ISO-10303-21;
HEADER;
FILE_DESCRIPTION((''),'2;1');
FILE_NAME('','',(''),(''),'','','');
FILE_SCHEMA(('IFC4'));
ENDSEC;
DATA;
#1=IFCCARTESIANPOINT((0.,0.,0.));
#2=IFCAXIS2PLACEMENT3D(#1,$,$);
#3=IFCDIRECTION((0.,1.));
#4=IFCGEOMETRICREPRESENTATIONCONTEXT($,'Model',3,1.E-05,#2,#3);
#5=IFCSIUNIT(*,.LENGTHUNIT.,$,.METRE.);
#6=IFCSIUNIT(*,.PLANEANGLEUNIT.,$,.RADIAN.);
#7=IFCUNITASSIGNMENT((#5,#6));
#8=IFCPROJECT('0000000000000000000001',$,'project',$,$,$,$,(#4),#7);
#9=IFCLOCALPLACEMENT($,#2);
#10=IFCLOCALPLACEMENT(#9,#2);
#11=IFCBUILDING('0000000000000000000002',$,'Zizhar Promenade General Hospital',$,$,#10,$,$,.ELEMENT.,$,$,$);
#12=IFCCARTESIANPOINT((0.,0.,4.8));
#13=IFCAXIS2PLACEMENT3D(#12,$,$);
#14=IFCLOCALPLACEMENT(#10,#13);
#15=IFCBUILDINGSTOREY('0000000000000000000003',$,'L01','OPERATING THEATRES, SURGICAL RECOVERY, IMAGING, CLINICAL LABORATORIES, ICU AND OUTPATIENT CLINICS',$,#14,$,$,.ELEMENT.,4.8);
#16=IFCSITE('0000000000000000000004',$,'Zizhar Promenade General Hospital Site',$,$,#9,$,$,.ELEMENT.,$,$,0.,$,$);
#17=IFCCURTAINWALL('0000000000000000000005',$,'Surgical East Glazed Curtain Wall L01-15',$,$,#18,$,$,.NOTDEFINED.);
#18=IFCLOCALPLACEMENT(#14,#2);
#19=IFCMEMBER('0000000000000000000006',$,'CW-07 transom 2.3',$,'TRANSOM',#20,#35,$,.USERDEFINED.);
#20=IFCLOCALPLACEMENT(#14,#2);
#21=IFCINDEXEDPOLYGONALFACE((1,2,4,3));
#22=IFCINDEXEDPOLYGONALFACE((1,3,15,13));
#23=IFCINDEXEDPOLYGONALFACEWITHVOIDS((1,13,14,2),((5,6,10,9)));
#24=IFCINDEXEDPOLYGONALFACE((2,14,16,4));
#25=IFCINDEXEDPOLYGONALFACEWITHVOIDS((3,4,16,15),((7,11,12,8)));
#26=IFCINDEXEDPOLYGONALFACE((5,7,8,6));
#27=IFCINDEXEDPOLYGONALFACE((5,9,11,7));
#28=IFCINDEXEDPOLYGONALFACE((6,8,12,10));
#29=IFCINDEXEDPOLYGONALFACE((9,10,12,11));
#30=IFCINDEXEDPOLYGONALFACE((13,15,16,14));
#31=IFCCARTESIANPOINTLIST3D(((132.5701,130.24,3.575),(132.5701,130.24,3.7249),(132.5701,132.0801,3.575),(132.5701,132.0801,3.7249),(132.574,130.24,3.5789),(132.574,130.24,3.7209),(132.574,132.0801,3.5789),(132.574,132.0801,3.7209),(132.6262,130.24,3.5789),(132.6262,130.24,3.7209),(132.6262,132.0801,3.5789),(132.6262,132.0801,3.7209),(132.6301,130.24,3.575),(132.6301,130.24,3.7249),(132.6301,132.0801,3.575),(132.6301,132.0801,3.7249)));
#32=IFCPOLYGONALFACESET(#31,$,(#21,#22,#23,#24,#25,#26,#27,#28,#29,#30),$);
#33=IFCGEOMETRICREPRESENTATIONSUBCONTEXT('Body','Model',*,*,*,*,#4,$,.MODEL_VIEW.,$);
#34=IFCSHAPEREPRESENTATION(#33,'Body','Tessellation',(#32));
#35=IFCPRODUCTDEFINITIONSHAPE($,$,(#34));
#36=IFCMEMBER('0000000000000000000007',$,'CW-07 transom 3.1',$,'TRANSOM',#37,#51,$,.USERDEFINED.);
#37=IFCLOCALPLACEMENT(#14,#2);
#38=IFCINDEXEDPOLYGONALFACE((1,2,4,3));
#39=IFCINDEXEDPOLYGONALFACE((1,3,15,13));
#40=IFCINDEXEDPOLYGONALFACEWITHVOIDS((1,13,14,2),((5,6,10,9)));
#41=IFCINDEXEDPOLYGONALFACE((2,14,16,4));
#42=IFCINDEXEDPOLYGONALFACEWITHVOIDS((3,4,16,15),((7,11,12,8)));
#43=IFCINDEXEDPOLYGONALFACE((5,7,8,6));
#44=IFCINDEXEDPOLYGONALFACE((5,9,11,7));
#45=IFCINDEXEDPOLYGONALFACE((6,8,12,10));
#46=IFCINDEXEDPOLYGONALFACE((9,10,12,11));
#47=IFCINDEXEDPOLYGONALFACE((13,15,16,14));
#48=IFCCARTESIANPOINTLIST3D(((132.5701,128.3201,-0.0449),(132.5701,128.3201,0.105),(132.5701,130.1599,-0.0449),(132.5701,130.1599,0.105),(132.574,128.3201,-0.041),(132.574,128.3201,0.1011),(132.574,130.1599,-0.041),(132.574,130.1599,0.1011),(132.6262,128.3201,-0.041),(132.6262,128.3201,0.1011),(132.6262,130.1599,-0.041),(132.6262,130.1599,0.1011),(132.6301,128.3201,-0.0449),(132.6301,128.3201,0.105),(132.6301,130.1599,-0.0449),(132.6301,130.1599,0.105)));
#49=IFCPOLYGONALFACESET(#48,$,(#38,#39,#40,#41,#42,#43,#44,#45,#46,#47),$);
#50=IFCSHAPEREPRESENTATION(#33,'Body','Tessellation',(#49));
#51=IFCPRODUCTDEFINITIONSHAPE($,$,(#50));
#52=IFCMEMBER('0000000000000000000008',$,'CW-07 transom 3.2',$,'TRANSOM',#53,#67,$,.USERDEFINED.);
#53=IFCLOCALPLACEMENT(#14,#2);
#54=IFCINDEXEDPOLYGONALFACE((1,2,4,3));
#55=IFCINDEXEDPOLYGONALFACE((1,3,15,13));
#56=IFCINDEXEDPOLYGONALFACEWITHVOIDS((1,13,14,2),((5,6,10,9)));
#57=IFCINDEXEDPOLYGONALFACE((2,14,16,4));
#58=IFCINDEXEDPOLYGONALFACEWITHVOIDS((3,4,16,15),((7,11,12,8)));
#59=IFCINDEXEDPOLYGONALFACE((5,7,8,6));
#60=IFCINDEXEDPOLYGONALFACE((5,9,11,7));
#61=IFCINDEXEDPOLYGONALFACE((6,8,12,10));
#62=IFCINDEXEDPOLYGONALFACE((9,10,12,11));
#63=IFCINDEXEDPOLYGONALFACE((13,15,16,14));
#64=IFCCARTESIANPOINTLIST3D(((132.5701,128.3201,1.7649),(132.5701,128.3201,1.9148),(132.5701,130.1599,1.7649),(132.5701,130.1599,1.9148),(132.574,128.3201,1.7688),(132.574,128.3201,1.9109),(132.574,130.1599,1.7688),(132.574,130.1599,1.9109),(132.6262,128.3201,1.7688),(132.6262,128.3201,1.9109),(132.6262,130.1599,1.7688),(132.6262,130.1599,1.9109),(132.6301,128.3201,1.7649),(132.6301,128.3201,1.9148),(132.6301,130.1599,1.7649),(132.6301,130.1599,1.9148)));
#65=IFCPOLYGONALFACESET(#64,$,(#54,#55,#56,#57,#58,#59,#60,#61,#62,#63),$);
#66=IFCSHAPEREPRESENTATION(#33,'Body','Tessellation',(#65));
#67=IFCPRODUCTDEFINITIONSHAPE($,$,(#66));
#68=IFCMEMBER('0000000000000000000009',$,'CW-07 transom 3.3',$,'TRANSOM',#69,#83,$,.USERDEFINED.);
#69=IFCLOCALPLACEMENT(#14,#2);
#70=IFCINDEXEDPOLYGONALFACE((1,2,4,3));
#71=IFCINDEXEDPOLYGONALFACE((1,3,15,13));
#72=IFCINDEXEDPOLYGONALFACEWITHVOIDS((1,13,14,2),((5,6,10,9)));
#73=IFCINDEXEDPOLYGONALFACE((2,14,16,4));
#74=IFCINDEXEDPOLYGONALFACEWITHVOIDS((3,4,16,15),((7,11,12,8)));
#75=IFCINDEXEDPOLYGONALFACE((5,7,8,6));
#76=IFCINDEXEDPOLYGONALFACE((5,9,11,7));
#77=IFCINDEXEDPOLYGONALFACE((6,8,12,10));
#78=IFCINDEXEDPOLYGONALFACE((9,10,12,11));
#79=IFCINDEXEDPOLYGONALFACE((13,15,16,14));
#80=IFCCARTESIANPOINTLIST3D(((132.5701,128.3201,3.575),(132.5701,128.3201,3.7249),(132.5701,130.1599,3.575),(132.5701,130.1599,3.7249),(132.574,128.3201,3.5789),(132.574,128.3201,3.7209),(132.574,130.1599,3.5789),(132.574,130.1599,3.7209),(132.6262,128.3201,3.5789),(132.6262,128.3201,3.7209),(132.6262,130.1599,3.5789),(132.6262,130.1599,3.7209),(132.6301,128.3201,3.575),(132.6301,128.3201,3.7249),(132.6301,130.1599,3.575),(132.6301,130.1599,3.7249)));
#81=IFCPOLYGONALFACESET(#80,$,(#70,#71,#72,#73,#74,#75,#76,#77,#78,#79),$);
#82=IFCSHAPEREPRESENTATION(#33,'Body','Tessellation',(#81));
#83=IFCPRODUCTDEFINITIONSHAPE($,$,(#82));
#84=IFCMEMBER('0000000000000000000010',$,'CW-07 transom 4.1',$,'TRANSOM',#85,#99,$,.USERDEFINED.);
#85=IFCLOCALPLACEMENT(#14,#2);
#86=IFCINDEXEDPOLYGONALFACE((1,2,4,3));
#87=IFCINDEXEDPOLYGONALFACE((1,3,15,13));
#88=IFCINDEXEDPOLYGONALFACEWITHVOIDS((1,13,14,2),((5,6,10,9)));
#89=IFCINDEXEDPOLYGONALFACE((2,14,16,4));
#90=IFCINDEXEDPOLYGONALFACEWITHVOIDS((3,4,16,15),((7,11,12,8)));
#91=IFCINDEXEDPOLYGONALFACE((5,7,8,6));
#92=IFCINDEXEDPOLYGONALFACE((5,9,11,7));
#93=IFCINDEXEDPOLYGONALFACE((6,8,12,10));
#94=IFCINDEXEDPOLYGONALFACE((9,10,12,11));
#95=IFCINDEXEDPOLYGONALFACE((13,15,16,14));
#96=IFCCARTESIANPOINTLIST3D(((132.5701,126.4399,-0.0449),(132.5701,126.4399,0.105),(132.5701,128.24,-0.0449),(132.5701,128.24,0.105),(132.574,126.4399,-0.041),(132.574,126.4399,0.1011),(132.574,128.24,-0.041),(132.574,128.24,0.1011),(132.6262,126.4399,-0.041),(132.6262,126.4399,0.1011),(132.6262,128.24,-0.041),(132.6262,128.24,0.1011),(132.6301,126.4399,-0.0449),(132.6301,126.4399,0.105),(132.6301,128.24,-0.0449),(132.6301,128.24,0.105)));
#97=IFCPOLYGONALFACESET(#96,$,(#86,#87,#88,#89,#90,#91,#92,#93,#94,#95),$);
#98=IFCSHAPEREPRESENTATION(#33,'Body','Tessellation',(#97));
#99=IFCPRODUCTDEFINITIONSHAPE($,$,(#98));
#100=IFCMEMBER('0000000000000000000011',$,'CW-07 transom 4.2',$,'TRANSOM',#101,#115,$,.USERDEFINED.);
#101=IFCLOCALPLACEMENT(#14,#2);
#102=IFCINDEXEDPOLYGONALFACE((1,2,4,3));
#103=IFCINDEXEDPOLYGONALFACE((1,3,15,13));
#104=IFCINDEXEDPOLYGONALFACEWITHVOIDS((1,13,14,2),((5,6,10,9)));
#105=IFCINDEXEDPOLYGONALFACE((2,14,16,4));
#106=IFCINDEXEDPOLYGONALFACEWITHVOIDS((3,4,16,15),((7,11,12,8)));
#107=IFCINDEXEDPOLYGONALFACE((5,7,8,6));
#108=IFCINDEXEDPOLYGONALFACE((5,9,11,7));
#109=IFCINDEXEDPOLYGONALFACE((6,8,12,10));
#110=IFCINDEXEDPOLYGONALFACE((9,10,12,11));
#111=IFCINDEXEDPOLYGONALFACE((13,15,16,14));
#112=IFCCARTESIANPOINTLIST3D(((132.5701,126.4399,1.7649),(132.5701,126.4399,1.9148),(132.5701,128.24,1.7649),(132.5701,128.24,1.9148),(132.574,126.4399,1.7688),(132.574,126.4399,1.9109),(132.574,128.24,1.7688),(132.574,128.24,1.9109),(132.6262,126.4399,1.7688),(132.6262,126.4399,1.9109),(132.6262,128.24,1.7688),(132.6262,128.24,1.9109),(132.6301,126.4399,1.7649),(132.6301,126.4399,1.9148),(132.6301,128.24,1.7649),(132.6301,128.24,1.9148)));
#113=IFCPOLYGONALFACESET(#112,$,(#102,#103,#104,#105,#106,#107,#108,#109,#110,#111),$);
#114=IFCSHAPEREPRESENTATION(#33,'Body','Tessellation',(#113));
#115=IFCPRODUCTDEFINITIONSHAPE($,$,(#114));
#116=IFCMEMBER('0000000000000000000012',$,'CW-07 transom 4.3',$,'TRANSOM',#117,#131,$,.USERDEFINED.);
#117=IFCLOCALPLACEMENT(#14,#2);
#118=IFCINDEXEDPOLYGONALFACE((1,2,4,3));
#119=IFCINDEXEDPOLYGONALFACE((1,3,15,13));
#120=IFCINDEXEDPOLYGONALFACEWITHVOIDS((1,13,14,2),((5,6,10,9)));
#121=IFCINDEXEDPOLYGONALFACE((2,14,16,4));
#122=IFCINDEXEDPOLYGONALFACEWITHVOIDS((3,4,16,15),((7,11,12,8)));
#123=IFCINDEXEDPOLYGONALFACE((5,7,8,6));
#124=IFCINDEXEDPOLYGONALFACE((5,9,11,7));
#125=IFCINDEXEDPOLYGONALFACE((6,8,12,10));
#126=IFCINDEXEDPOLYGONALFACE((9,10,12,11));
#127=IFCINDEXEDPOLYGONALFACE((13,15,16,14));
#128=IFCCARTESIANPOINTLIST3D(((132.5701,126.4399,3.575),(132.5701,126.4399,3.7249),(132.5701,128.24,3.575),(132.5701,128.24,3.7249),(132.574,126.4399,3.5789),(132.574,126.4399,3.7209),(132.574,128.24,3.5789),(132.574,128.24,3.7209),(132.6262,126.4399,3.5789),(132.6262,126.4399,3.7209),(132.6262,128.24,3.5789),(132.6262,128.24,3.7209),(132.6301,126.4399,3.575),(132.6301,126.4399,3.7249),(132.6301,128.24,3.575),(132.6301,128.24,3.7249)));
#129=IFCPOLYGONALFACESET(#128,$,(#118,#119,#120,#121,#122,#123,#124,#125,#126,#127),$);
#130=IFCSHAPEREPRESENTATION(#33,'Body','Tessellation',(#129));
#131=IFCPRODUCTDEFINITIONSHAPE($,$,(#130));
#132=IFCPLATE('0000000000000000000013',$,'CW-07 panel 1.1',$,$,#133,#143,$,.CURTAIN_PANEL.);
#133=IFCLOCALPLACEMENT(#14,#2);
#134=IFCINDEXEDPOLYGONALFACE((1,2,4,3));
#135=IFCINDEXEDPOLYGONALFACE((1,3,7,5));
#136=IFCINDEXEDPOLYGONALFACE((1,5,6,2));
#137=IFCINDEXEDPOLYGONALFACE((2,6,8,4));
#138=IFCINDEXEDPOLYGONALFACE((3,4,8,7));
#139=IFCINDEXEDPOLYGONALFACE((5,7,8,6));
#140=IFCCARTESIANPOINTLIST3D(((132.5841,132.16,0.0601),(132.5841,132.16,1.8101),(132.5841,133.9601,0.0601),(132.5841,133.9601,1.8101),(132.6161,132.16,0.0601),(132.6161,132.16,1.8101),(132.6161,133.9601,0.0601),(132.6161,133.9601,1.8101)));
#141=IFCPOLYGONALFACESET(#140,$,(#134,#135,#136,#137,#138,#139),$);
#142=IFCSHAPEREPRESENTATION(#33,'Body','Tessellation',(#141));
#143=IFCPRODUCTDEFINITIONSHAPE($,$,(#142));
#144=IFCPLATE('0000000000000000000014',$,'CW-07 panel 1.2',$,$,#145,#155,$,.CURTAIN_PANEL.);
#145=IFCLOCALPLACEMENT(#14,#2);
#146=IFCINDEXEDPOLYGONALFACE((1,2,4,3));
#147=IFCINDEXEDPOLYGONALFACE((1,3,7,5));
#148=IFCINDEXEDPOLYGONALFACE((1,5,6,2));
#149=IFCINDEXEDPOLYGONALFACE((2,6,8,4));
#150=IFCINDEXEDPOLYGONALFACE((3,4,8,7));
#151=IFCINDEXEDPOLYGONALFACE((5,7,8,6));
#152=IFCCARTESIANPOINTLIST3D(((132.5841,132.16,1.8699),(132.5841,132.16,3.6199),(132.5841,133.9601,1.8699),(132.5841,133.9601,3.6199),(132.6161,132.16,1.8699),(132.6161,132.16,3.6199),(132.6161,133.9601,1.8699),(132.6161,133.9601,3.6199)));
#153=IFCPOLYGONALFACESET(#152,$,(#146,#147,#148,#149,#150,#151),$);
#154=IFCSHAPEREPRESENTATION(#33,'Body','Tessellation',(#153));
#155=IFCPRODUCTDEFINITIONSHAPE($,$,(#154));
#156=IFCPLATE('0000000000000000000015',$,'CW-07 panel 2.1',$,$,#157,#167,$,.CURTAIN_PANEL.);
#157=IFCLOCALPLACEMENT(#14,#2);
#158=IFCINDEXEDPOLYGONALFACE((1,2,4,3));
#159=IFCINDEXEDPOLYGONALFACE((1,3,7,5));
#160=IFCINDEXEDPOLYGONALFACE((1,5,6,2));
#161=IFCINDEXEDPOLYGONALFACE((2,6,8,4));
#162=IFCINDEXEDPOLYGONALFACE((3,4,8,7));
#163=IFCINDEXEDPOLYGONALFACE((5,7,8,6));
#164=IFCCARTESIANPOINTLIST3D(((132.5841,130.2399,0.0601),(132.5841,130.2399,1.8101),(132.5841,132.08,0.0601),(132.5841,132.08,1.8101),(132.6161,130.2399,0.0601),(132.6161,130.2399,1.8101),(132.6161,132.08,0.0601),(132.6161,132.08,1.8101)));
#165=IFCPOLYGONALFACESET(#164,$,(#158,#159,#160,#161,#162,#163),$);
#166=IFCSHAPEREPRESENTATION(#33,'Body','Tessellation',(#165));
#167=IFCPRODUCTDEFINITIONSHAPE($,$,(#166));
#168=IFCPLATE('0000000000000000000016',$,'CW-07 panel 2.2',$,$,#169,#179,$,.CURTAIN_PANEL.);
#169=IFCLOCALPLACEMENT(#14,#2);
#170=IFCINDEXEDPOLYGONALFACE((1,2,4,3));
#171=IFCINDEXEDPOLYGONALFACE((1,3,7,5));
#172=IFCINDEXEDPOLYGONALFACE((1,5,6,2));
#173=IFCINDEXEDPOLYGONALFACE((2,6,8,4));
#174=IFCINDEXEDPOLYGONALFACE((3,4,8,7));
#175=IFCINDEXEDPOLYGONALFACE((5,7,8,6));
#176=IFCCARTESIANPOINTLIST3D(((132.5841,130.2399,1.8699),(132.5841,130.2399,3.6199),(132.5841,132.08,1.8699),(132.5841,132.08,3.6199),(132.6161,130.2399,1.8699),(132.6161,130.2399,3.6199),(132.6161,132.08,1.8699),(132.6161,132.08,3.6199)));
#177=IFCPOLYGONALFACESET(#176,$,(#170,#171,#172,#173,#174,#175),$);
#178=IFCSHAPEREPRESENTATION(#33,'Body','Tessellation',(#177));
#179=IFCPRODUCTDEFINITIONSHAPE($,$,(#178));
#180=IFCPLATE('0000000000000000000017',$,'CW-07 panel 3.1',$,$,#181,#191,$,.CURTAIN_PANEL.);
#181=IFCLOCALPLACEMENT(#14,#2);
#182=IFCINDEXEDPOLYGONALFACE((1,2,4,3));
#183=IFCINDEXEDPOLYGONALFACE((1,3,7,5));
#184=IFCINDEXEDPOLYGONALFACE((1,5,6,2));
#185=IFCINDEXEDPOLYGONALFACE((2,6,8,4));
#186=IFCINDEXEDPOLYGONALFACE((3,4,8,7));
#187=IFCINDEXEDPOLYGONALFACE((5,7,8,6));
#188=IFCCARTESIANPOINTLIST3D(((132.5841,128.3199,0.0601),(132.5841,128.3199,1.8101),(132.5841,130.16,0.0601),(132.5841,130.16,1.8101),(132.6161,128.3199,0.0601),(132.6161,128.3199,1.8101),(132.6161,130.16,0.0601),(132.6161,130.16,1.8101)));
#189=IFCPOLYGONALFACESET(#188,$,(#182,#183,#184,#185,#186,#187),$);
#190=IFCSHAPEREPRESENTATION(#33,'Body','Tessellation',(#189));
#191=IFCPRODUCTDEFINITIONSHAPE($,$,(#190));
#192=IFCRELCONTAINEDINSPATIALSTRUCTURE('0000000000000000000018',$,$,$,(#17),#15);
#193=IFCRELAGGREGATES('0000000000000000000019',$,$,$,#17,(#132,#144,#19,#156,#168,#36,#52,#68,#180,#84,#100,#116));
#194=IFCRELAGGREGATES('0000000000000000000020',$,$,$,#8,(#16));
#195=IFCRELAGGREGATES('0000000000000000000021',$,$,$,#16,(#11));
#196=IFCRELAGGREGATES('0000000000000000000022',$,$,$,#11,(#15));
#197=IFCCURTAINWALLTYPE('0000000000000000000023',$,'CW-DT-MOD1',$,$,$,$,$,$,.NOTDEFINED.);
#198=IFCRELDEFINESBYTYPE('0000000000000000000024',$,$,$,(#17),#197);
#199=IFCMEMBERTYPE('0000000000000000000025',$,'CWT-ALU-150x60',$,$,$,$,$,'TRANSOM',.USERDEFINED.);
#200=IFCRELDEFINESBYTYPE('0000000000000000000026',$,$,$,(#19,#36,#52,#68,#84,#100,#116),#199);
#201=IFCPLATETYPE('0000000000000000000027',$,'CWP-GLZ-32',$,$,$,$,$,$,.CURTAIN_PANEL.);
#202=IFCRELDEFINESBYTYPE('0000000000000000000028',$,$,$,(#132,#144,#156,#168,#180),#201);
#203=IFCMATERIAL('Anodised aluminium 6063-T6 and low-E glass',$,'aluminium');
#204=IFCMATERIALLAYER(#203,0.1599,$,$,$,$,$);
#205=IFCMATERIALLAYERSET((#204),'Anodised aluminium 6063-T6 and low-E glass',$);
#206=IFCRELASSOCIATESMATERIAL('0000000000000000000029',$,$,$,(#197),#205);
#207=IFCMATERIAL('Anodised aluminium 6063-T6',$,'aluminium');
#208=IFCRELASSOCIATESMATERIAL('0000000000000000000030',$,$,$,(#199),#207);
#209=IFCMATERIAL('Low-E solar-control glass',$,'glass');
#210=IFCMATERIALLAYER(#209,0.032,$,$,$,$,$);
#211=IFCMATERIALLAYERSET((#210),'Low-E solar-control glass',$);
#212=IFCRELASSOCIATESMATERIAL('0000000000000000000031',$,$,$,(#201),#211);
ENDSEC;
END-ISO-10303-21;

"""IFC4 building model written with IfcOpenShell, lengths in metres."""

from ifc_helpers import new_model, si_unit, direction, frame, origin, origin_2d, place, context, subcontext, project, spatial, rectangle, hollow_rectangle, extrude, material, layer, layer_set, material_profile, profile_set, type_object, element, aggregate, save


model = new_model("IFC4")

# Units and contexts
model_context = context("Model", 3, precision=1e-05, world=origin(), true_north=direction((0.0, 1.0)))
body_context = subcontext(model_context, "Body", "Model", "MODEL_VIEW")
ifc_project = project(units=[si_unit("LENGTHUNIT", "METRE"), si_unit("PLANEANGLEUNIT", "RADIAN")], contexts=[model_context])

# Site, building, storey
site_placement = place(None, origin())
site = spatial("IfcSite", under=ifc_project, at=site_placement, Name="Zizhar Promenade General Hospital Site", CompositionType="ELEMENT", RefElevation=0.0)
building_placement = place(site_placement, origin())
building = spatial("IfcBuilding", under=site, at=building_placement, Name="Zizhar Promenade General Hospital", CompositionType="ELEMENT")
storey_placement = place(building_placement, frame((0.0, 0.0, 4.8)))
storey = spatial("IfcBuildingStorey", under=building, at=storey_placement, Name="L01", Description="OPERATING THEATRES, SURGICAL RECOVERY, IMAGING, CLINICAL LABORATORIES, ICU AND OUTPATIENT CLINICS", CompositionType="ELEMENT", Elevation=4.8)

# Curtain wall, members, plates
ifc_material_1 = material(Name="Anodised aluminium 6063-T6 and low-E glass", Category="aluminium")
ifc_layer_1 = layer(ifc_material_1, 0.1599)
ifc_layer_set_1 = layer_set([ifc_layer_1], Name="Anodised aluminium 6063-T6 and low-E glass")
curtain_wall_type = type_object("IfcCurtainWallType", Name="CW-DT-MOD1", PredefinedType="NOTDEFINED", material=ifc_layer_set_1)
curtain_wall_placement = place(storey_placement, origin())
curtain_wall = element("IfcCurtainWall", 1, at=curtain_wall_placement, inside=storey, type_object=curtain_wall_type, Name="Surgical East Glazed Curtain Wall L01-15", PredefinedType="NOTDEFINED")
ifc_material_2 = material(Name="Anodised aluminium 6063-T6", Category="aluminium")
ifc_material_profile_1 = material_profile(ifc_material_2, hollow_rectangle(XDim=0.0601, YDim=0.1499, WallThickness=0.0039, at=origin_2d()))
ifc_profile_set_1 = profile_set([ifc_material_profile_1], Name="Anodised aluminium 6063-T6")
member_type_1 = type_object("IfcMemberType", Name="CWT-ALU-150x60", ElementType="TRANSOM", PredefinedType="USERDEFINED", material=ifc_profile_set_1)
member_1_placement = place(storey_placement, frame((132.6001, 132.0801, 3.6499), z_axis=(0.0, -1.0, 0.0), x_axis=(1.0, 0.0, 0.0)))
member_1 = element("IfcMember", 2, at=member_1_placement, type_object=member_type_1, Name="CW-07 transom 2.3", ObjectType="TRANSOM", PredefinedType="USERDEFINED", context=body_context, shape_type="SweptSolid", body=[
    extrude(hollow_rectangle(XDim=0.0601, YDim=0.1499, WallThickness=0.0039, at=origin_2d()), origin(), (0.0, 0.0, 1.0), 1.8401),
])
member_2_placement = place(storey_placement, frame((132.6001, 130.1599, 0.03), z_axis=(0.0, -1.0, 0.0), x_axis=(1.0, 0.0, 0.0)))
member_2 = element("IfcMember", 3, at=member_2_placement, type_object=member_type_1, Name="CW-07 transom 3.1", ObjectType="TRANSOM", PredefinedType="USERDEFINED", context=body_context, shape_type="SweptSolid", body=[
    extrude(hollow_rectangle(XDim=0.0601, YDim=0.1499, WallThickness=0.0039, at=origin_2d()), origin(), (0.0, 0.0, 1.0), 1.8398),
])
member_3_placement = place(storey_placement, frame((132.6001, 130.1599, 1.8398), z_axis=(0.0, -1.0, 0.0), x_axis=(1.0, 0.0, 0.0)))
member_3 = element("IfcMember", 4, at=member_3_placement, type_object=member_type_1, Name="CW-07 transom 3.2", ObjectType="TRANSOM", PredefinedType="USERDEFINED", context=body_context, shape_type="SweptSolid", body=[
    extrude(hollow_rectangle(XDim=0.0601, YDim=0.1499, WallThickness=0.0039, at=origin_2d()), origin(), (0.0, 0.0, 1.0), 1.8398),
])
member_4_placement = place(storey_placement, frame((132.6001, 130.1599, 3.6499), z_axis=(0.0, -1.0, 0.0), x_axis=(1.0, 0.0, 0.0)))
member_4 = element("IfcMember", 5, at=member_4_placement, type_object=member_type_1, Name="CW-07 transom 3.3", ObjectType="TRANSOM", PredefinedType="USERDEFINED", context=body_context, shape_type="SweptSolid", body=[
    extrude(hollow_rectangle(XDim=0.0601, YDim=0.1499, WallThickness=0.0039, at=origin_2d()), origin(), (0.0, 0.0, 1.0), 1.8398),
])
member_5_placement = place(storey_placement, frame((132.6001, 128.24, 0.03), z_axis=(0.0, -1.0, 0.0), x_axis=(1.0, 0.0, 0.0)))
member_5 = element("IfcMember", 6, at=member_5_placement, type_object=member_type_1, Name="CW-07 transom 4.1", ObjectType="TRANSOM", PredefinedType="USERDEFINED", context=body_context, shape_type="SweptSolid", body=[
    extrude(hollow_rectangle(XDim=0.0601, YDim=0.1499, WallThickness=0.0039, at=origin_2d()), origin(), (0.0, 0.0, 1.0), 1.8),
])
member_6_placement = place(storey_placement, frame((132.6001, 128.24, 1.8398), z_axis=(0.0, -1.0, 0.0), x_axis=(1.0, 0.0, 0.0)))
member_6 = element("IfcMember", 7, at=member_6_placement, type_object=member_type_1, Name="CW-07 transom 4.2", ObjectType="TRANSOM", PredefinedType="USERDEFINED", context=body_context, shape_type="SweptSolid", body=[
    extrude(hollow_rectangle(XDim=0.0601, YDim=0.1499, WallThickness=0.0039, at=origin_2d()), origin(), (0.0, 0.0, 1.0), 1.8),
])
member_7_placement = place(storey_placement, frame((132.6001, 128.24, 3.6499), z_axis=(0.0, -1.0, 0.0), x_axis=(1.0, 0.0, 0.0)))
member_7 = element("IfcMember", 8, at=member_7_placement, type_object=member_type_1, Name="CW-07 transom 4.3", ObjectType="TRANSOM", PredefinedType="USERDEFINED", context=body_context, shape_type="SweptSolid", body=[
    extrude(hollow_rectangle(XDim=0.0601, YDim=0.1499, WallThickness=0.0039, at=origin_2d()), origin(), (0.0, 0.0, 1.0), 1.8),
])
ifc_material_3 = material(Name="Low-E solar-control glass", Category="glass")
ifc_layer_2 = layer(ifc_material_3, 0.032)
ifc_layer_set_2 = layer_set([ifc_layer_2], Name="Low-E solar-control glass")
plate_type = type_object("IfcPlateType", Name="CWP-GLZ-32", PredefinedType="CURTAIN_PANEL", material=ifc_layer_set_2)
plate_1_placement = place(storey_placement, frame((132.6001, 133.0601, 0.0601), z_axis=(0.0, 0.0, 1.0), x_axis=(0.0, -1.0, 0.0)))
plate_1 = element("IfcPlate", 9, at=plate_1_placement, type_object=plate_type, Name="CW-07 panel 1.1", PredefinedType="CURTAIN_PANEL", context=body_context, shape_type="SweptSolid", body=[
    extrude(rectangle(XDim=1.8, YDim=0.032, at=origin_2d()), origin(), (0.0, 0.0, 1.0), 1.75),
])
plate_2_placement = place(storey_placement, frame((132.6001, 133.0601, 1.8699), z_axis=(0.0, 0.0, 1.0), x_axis=(0.0, -1.0, 0.0)))
plate_2 = element("IfcPlate", 10, at=plate_2_placement, type_object=plate_type, Name="CW-07 panel 1.2", PredefinedType="CURTAIN_PANEL", context=body_context, shape_type="SweptSolid", body=[
    extrude(rectangle(XDim=1.8, YDim=0.032, at=origin_2d()), origin(), (0.0, 0.0, 1.0), 1.75),
])
plate_3_placement = place(storey_placement, frame((132.6001, 131.1599, 0.0601), z_axis=(0.0, 0.0, 1.0), x_axis=(0.0, -1.0, 0.0)))
plate_3 = element("IfcPlate", 11, at=plate_3_placement, type_object=plate_type, Name="CW-07 panel 2.1", PredefinedType="CURTAIN_PANEL", context=body_context, shape_type="SweptSolid", body=[
    extrude(rectangle(XDim=1.8401, YDim=0.032, at=origin_2d()), origin(), (0.0, 0.0, 1.0), 1.75),
])
plate_4_placement = place(storey_placement, frame((132.6001, 131.1599, 1.8699), z_axis=(0.0, 0.0, 1.0), x_axis=(0.0, -1.0, 0.0)))
plate_4 = element("IfcPlate", 12, at=plate_4_placement, type_object=plate_type, Name="CW-07 panel 2.2", PredefinedType="CURTAIN_PANEL", context=body_context, shape_type="SweptSolid", body=[
    extrude(rectangle(XDim=1.8401, YDim=0.032, at=origin_2d()), origin(), (0.0, 0.0, 1.0), 1.75),
])
plate_5_placement = place(storey_placement, frame((132.6001, 129.24, 0.0601), z_axis=(0.0, 0.0, 1.0), x_axis=(0.0, -1.0, 0.0)))
plate_5 = element("IfcPlate", 13, at=plate_5_placement, type_object=plate_type, Name="CW-07 panel 3.1", PredefinedType="CURTAIN_PANEL", context=body_context, shape_type="SweptSolid", body=[
    extrude(rectangle(XDim=1.8401, YDim=0.032, at=origin_2d()), origin(), (0.0, 0.0, 1.0), 1.75),
])
aggregate(curtain_wall, [plate_1, plate_2, member_1, plate_3, plate_4, member_2, member_3, member_4, plate_5, member_5, member_6, member_7])

save(model, "model.ifc")
